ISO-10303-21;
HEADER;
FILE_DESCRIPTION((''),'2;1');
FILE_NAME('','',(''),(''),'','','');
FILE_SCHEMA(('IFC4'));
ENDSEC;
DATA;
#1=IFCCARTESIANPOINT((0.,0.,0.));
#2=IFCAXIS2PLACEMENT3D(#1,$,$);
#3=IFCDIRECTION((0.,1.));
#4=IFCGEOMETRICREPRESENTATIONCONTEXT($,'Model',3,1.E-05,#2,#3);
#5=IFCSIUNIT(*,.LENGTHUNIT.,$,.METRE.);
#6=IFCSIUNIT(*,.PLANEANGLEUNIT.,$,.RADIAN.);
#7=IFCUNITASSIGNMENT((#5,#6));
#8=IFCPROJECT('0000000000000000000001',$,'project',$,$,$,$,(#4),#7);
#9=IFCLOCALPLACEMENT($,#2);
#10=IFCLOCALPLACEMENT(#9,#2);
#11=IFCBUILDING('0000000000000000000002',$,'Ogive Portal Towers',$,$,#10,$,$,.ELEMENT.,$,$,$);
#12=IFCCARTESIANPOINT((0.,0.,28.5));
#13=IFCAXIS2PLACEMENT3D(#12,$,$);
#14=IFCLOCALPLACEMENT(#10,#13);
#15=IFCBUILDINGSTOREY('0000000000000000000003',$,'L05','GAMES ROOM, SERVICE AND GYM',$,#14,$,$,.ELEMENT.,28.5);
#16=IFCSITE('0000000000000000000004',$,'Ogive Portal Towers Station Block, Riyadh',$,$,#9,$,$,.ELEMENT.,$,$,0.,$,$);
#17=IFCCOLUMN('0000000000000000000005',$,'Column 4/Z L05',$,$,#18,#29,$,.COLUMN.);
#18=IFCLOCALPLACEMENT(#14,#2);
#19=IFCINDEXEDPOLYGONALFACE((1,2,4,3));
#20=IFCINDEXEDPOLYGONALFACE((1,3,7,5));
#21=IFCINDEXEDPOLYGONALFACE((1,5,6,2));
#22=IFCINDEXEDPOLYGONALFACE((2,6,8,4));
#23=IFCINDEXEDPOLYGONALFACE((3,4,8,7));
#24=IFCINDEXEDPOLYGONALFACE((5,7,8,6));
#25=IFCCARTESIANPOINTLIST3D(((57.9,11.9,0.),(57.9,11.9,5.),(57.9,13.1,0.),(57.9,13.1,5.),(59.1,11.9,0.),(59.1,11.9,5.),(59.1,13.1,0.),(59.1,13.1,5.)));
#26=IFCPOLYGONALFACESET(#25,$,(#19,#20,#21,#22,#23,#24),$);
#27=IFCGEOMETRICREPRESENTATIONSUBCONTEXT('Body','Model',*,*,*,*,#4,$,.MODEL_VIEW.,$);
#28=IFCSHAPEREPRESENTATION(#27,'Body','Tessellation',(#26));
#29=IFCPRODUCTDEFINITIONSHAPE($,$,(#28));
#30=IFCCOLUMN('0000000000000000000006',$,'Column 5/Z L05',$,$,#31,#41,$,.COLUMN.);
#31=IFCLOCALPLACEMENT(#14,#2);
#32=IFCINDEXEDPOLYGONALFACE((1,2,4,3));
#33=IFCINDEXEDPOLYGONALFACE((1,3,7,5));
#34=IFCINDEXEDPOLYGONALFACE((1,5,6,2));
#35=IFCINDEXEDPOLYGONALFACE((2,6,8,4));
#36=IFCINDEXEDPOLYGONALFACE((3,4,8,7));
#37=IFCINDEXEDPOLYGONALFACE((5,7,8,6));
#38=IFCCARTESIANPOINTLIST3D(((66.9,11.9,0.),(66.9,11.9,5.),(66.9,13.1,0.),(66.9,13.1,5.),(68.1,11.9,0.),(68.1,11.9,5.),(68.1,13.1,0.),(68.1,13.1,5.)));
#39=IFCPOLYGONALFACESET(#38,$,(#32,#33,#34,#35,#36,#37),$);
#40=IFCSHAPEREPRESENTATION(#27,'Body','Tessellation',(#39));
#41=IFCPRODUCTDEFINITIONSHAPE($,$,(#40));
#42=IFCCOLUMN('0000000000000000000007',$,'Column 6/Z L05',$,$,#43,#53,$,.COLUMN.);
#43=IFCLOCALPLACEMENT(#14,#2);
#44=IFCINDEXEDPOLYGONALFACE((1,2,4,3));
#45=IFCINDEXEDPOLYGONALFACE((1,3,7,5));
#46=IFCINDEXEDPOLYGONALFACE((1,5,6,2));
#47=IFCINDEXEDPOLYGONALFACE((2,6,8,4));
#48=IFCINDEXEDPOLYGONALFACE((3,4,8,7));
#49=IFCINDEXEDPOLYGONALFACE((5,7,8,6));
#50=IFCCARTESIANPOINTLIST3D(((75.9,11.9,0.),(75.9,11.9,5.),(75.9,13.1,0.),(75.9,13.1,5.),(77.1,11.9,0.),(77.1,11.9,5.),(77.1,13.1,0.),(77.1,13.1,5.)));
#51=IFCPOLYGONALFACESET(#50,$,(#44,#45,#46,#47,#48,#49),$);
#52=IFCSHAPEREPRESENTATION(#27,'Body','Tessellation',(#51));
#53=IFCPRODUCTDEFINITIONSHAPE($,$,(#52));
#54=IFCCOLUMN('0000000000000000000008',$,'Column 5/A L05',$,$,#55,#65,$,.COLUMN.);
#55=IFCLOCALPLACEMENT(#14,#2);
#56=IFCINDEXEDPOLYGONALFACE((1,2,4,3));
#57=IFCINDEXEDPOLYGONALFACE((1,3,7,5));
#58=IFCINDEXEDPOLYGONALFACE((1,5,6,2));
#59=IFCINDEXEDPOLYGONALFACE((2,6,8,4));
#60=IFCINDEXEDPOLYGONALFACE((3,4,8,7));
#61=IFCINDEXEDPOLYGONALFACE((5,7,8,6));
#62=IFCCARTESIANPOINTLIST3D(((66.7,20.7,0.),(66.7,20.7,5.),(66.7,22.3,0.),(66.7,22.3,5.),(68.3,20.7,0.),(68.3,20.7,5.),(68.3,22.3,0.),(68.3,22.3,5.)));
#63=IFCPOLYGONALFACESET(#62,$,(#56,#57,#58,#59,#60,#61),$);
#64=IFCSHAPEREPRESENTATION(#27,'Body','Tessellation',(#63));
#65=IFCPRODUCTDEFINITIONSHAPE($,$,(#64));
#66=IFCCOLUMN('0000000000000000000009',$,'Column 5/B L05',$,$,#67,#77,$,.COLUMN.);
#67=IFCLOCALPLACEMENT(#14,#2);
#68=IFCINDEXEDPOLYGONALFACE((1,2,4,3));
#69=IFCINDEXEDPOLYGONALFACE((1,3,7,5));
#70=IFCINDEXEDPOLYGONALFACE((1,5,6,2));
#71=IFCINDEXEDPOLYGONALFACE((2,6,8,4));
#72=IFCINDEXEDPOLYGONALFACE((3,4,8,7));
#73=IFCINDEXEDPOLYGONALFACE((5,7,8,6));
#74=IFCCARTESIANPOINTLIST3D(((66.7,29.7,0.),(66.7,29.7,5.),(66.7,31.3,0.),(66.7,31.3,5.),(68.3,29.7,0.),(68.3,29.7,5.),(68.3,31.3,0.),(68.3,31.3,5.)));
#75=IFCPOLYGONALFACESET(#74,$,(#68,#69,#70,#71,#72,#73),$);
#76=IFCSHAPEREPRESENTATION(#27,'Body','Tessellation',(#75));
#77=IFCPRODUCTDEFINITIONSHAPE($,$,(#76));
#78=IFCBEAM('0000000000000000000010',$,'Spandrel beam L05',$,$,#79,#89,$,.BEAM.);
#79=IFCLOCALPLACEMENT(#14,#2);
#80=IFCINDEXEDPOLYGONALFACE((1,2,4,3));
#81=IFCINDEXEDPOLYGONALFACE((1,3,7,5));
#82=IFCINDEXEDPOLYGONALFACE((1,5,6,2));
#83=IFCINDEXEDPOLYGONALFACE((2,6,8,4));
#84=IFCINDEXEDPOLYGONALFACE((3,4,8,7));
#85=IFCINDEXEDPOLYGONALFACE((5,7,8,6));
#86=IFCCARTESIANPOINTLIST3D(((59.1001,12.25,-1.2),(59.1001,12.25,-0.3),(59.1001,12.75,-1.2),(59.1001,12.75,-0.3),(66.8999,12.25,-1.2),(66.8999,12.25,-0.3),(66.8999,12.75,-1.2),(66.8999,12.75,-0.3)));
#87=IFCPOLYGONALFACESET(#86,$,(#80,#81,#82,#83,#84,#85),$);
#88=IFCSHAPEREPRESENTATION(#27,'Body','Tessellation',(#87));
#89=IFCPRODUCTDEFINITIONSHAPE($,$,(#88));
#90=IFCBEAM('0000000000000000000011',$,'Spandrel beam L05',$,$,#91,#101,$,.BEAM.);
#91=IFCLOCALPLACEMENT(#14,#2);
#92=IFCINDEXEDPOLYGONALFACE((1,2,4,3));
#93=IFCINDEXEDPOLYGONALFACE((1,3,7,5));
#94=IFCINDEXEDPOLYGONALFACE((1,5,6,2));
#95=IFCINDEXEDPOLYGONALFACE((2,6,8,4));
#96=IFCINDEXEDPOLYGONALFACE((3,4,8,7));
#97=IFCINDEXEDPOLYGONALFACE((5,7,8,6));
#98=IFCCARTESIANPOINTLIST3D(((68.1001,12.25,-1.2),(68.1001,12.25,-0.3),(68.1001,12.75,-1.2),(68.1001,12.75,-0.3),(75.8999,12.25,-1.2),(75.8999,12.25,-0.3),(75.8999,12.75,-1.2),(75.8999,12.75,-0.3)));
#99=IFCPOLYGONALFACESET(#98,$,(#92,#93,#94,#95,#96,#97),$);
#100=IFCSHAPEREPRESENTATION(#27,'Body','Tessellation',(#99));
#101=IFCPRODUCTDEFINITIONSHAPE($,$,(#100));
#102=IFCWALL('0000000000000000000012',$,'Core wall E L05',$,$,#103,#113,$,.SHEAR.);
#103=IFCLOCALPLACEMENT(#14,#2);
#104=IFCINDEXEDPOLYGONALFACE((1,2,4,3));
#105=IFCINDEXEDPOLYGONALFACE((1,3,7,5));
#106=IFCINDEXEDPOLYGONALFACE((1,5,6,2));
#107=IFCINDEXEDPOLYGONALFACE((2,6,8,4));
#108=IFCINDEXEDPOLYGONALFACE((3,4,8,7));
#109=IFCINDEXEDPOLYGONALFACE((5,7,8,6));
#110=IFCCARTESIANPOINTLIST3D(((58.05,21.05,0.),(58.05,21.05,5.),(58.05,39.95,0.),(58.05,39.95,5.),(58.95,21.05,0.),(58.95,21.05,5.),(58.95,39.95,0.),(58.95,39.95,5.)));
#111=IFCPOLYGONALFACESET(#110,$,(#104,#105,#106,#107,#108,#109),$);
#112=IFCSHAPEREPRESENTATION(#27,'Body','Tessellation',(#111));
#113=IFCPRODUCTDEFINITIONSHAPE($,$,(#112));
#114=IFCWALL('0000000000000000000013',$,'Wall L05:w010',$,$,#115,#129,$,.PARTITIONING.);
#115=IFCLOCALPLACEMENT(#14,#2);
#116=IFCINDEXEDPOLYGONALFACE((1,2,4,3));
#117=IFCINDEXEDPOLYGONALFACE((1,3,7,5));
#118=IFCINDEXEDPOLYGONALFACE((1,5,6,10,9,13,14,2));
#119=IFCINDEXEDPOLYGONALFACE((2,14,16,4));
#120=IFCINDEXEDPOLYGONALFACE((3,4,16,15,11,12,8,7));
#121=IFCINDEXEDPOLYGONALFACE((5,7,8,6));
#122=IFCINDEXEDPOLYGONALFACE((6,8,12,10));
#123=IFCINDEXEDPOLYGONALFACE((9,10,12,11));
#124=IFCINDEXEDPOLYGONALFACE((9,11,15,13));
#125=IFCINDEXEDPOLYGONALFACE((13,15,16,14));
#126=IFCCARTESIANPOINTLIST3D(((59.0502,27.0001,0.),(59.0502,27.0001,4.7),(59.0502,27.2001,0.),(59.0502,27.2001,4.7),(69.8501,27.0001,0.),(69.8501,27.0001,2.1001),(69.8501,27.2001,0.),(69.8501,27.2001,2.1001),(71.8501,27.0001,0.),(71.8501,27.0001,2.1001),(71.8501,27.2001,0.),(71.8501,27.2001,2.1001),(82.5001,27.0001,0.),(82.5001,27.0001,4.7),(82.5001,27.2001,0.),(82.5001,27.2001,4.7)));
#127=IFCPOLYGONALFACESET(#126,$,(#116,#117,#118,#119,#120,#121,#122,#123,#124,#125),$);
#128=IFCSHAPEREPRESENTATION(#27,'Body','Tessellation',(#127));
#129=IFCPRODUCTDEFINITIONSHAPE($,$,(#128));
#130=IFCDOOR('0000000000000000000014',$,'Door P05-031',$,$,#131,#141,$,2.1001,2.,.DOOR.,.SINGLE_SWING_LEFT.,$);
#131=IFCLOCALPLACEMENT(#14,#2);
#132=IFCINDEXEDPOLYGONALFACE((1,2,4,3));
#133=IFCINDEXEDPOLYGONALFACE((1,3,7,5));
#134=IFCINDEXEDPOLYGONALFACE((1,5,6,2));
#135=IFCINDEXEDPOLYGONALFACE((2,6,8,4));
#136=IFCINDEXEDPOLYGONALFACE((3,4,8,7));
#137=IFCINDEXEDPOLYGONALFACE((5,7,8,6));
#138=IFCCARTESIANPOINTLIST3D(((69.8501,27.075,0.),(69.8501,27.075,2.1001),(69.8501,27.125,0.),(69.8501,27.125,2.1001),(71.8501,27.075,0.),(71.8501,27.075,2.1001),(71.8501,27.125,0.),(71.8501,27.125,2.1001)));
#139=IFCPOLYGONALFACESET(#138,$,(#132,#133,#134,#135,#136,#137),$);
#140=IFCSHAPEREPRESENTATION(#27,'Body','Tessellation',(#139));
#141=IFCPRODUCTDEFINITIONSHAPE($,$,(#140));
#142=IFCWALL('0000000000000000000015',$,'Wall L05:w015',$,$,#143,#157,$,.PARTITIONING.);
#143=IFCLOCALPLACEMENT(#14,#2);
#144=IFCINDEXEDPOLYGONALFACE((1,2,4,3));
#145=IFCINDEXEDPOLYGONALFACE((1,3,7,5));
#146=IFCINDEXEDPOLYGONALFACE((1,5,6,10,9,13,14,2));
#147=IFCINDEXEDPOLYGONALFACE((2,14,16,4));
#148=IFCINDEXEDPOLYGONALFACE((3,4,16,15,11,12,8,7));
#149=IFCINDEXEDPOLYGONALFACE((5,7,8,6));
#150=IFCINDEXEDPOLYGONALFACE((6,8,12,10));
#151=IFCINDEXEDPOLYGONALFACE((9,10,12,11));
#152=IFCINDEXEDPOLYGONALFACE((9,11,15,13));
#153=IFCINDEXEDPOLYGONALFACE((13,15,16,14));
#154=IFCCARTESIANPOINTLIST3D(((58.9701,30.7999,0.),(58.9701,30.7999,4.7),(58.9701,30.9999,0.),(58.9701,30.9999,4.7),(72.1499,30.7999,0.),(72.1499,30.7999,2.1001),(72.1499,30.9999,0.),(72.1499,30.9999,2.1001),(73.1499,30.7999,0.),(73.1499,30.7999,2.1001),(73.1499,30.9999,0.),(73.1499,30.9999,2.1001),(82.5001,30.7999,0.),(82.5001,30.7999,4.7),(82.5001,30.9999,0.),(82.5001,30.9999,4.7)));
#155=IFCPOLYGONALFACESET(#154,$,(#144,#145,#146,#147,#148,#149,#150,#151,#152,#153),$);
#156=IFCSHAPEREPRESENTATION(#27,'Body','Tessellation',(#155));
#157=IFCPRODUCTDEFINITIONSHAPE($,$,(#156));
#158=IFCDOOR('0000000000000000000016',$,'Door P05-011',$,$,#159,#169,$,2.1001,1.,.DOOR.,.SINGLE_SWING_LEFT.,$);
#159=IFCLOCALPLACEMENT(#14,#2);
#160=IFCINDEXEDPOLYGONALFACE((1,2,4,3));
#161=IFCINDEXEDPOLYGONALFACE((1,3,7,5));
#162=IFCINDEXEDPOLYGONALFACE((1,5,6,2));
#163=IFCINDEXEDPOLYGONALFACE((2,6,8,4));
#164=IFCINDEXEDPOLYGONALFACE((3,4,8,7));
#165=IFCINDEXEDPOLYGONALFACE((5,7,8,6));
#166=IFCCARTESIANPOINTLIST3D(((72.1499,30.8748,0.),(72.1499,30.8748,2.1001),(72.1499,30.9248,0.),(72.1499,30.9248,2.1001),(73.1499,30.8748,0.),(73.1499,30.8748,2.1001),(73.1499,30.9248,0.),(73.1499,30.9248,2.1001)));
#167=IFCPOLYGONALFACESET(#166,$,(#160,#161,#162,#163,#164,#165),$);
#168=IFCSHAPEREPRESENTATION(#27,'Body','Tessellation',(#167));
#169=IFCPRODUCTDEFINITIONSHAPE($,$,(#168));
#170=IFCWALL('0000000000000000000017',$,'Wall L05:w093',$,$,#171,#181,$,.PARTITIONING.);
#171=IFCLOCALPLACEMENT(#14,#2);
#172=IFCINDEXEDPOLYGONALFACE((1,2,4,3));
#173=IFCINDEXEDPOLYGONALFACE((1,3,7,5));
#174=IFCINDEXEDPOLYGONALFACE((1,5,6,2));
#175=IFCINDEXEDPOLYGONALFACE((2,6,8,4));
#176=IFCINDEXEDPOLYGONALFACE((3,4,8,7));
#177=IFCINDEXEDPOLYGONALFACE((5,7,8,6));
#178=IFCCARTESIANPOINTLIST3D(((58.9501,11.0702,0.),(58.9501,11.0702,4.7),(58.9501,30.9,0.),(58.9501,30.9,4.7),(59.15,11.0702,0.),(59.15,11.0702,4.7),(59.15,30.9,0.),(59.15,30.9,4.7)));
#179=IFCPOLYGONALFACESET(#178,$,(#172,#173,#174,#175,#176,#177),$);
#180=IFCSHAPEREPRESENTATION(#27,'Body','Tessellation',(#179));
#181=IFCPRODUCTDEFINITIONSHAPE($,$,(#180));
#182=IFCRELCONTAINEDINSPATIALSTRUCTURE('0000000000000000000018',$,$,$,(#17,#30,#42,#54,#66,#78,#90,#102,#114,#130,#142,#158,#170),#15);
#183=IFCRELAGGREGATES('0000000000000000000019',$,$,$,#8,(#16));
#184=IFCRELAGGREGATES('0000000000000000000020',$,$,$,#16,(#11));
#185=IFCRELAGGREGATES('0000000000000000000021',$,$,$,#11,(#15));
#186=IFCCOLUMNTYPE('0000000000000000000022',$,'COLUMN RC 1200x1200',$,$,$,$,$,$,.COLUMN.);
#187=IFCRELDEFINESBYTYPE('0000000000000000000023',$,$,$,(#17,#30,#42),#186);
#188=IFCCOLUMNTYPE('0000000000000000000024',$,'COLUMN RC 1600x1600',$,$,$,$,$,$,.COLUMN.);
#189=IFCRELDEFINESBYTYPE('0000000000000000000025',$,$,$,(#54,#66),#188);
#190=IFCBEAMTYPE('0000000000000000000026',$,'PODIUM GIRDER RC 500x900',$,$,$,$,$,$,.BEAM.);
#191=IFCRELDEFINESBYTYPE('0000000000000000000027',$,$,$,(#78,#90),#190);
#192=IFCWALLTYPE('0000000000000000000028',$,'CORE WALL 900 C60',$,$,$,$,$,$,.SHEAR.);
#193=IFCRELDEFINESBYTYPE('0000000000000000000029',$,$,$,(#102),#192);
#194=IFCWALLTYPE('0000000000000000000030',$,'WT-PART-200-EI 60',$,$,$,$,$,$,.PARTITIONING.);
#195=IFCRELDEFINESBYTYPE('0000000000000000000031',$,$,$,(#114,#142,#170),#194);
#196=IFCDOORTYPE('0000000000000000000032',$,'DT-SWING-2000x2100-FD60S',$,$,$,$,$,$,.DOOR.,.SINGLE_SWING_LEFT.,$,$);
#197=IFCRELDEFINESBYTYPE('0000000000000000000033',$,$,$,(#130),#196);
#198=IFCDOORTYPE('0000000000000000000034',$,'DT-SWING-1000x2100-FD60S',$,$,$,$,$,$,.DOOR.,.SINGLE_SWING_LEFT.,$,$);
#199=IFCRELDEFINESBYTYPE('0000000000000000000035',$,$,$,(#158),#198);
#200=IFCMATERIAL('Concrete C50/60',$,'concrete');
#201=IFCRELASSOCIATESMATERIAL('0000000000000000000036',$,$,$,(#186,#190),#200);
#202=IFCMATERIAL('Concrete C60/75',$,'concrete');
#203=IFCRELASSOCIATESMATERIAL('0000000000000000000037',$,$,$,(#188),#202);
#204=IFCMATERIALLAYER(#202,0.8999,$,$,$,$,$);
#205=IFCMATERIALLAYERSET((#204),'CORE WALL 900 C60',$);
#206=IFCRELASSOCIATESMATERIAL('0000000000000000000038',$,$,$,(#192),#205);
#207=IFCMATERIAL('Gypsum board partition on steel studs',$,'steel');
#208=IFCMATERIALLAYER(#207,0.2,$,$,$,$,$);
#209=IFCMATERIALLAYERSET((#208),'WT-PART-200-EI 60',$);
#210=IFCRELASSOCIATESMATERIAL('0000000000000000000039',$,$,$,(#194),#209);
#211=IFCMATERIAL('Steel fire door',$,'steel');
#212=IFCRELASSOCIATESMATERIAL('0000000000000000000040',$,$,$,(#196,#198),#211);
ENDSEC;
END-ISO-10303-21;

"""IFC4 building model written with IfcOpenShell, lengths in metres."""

from ifc_helpers import new_model, si_unit, direction, frame, frame_2d, origin, origin_2d, place, context, subcontext, project, spatial, rectangle, extrude, material, layer, layer_set, material_profile, profile_set, type_object, element, fill, save


model = new_model("IFC4")

# Units and contexts
model_context = context("Model", 3, precision=1e-05, world=origin(), true_north=direction((0.0, 1.0)))
body_context = subcontext(model_context, "Body", "Model", "MODEL_VIEW")
ifc_project = project(units=[si_unit("LENGTHUNIT", "METRE"), si_unit("PLANEANGLEUNIT", "RADIAN")], contexts=[model_context])

# Site, building, storey
site_placement = place(None, origin())
site = spatial("IfcSite", under=ifc_project, at=site_placement, Name="Ogive Portal Towers Station Block, Riyadh", CompositionType="ELEMENT", RefElevation=0.0)
building_placement = place(site_placement, origin())
building = spatial("IfcBuilding", under=site, at=building_placement, Name="Ogive Portal Towers", CompositionType="ELEMENT")
storey_placement = place(building_placement, frame((0.0, 0.0, 28.5)))
storey = spatial("IfcBuildingStorey", under=building, at=storey_placement, Name="L05", Description="GAMES ROOM, SERVICE AND GYM", CompositionType="ELEMENT", Elevation=28.5)

# Columns
ifc_material_1 = material(Name="Concrete C50/60", Category="concrete")
ifc_material_profile_1 = material_profile(ifc_material_1, rectangle(XDim=1.2, YDim=1.2, at=origin_2d()), Name="RC 1200x1200")
ifc_profile_set_1 = profile_set([ifc_material_profile_1], Name="Concrete C50/60")
column_type_1 = type_object("IfcColumnType", Name="COLUMN RC 1200x1200", PredefinedType="COLUMN", material=ifc_profile_set_1)
for number, where, z_axis, x_axis, name in (
    (1, (58.5, 12.5, 0.0), (0.0, 0.0, 1.0), (1.0, 0.0, 0.0), "Column 4/Z L05"),
    (2, (67.5, 12.5, 0.0), (0.0, 0.0, 1.0), (1.0, 0.0, 0.0), "Column 5/Z L05"),
    (3, (76.5, 12.5, 0.0), (0.0, 0.0, 1.0), (1.0, 0.0, 0.0), "Column 6/Z L05"),
):
    element("IfcColumn", number, at=place(storey_placement, frame(where, z_axis=z_axis, x_axis=x_axis)), inside=storey, type_object=column_type_1, Name=name, PredefinedType="COLUMN", context=body_context, shape_type="SweptSolid", body=[
        extrude(rectangle(XDim=1.2, YDim=1.2, at=origin_2d()), origin(), (0.0, 0.0, 1.0), 5.0),
    ])
ifc_material_2 = material(Name="Concrete C60/75", Category="concrete")
ifc_material_profile_2 = material_profile(ifc_material_2, rectangle(XDim=1.6001, YDim=1.6001, at=origin_2d()), Name="RC 1600x1600")
ifc_profile_set_2 = profile_set([ifc_material_profile_2], Name="Concrete C60/75")
column_type_2 = type_object("IfcColumnType", Name="COLUMN RC 1600x1600", PredefinedType="COLUMN", material=ifc_profile_set_2)
for number, where, z_axis, x_axis, name in (
    (4, (67.5, 21.5, 0.0), (0.0, 0.0, 1.0), (1.0, 0.0, 0.0), "Column 5/A L05"),
    (5, (67.5, 30.5, 0.0), (0.0, 0.0, 1.0), (1.0, 0.0, 0.0), "Column 5/B L05"),
):
    element("IfcColumn", number, at=place(storey_placement, frame(where, z_axis=z_axis, x_axis=x_axis)), inside=storey, type_object=column_type_2, Name=name, PredefinedType="COLUMN", context=body_context, shape_type="SweptSolid", body=[
        extrude(rectangle(XDim=1.6001, YDim=1.6001, at=origin_2d()), origin(), (0.0, 0.0, 1.0), 5.0),
    ])

# Beams
ifc_material_profile_3 = material_profile(ifc_material_1, rectangle(XDim=0.5, YDim=0.8999, at=origin_2d()), Name="RC 500x900")
ifc_profile_set_3 = profile_set([ifc_material_profile_3], Name="Concrete C50/60")
beam_type = type_object("IfcBeamType", Name="PODIUM GIRDER RC 500x900", PredefinedType="BEAM", material=ifc_profile_set_3)
for number, where, z_axis, x_axis, name in (
    (6, (59.1001, 12.5, -0.75), (1.0, 0.0, 0.0), (0.0, 1.0, 0.0), "Spandrel beam L05"),
    (7, (68.1001, 12.5, -0.75), (1.0, 0.0, 0.0), (0.0, 1.0, 0.0), "Spandrel beam L05"),
):
    element("IfcBeam", number, at=place(storey_placement, frame(where, z_axis=z_axis, x_axis=x_axis)), inside=storey, type_object=beam_type, Name=name, PredefinedType="BEAM", context=body_context, shape_type="SweptSolid", body=[
        extrude(rectangle(XDim=0.5, YDim=0.8999, at=origin_2d()), origin(), (0.0, 0.0, 1.0), 7.7998),
    ])

# Wall
ifc_layer_1 = layer(ifc_material_2, 0.8999)
ifc_layer_set_1 = layer_set([ifc_layer_1], Name="CORE WALL 900 C60")
wall_type_1 = type_object("IfcWallType", Name="CORE WALL 900 C60", PredefinedType="SHEAR", material=ifc_layer_set_1)
wall_1_placement = place(storey_placement, frame((58.5, 21.05, 0.0), z_axis=(0.0, 0.0, 1.0), x_axis=(0.0, 1.0, 0.0)))
element("IfcWall", 8, at=wall_1_placement, inside=storey, type_object=wall_type_1, Name="Core wall E L05", PredefinedType="SHEAR", context=body_context, shape_type="SweptSolid", body=[
    extrude(rectangle(XDim=18.8999, YDim=0.8999, at=frame_2d((9.45, 0.0))), origin(), (0.0, 0.0, 1.0), 5.0),
])

# Walls, openings, doors
ifc_material_3 = material(Name="Gypsum board partition on steel studs", Category="steel")
ifc_layer_2 = layer(ifc_material_3, 0.2)
ifc_layer_set_2 = layer_set([ifc_layer_2], Name="WT-PART-200-EI 60")
wall_type_2 = type_object("IfcWallType", Name="WT-PART-200-EI 60", PredefinedType="PARTITIONING", material=ifc_layer_set_2)
wall_2_placement = place(storey_placement, frame((59.05, 27.1001, 0.0), z_axis=(0.0, 0.0, 1.0), x_axis=(1.0, 0.0, 0.0)))
wall_2 = element("IfcWall", 9, at=wall_2_placement, inside=storey, type_object=wall_type_2, Name="Wall L05:w010", PredefinedType="PARTITIONING", context=body_context, shape_type="SweptSolid", body=[
    extrude(rectangle(XDim=23.45, YDim=0.2, at=frame_2d((11.7251, 0.0))), origin(), (0.0, 0.0, 1.0), 4.7),
])
opening_1_placement = place(wall_2_placement, frame((10.8, 0.0, 0.0)))
opening_1 = element("IfcOpeningElement", 10, at=opening_1_placement, cuts=wall_2, PredefinedType="OPENING", context=body_context, shape_type="SweptSolid", body=[
    extrude(rectangle(XDim=2.0, YDim=2.1001, at=frame_2d((1.0, 1.05))), frame((0.0, 0.1099, 0.0), z_axis=(0.0, -1.0, 0.0), x_axis=(1.0, 0.0, 0.0)), (0.0, 0.0, 1.0), 0.22),
])
ifc_material_4 = material(Name="Steel fire door", Category="steel")
door_type_1 = type_object("IfcDoorType", Name="DT-SWING-2000x2100-FD60S", OperationType="SINGLE_SWING_LEFT", PredefinedType="DOOR", material=ifc_material_4)
door_1_placement = place(opening_1_placement, origin())
door_1 = element("IfcDoor", 11, at=door_1_placement, inside=storey, type_object=door_type_1, Name="Door P05-031", OperationType="SINGLE_SWING_LEFT", OverallHeight=2.1001, OverallWidth=2.0, PredefinedType="DOOR", context=body_context, shape_type="SweptSolid", body=[
    extrude(rectangle(XDim=2.0, YDim=2.1001, at=frame_2d((1.0, 1.05))), frame((0.0, 0.0249, 0.0), z_axis=(0.0, -1.0, 0.0), x_axis=(1.0, 0.0, 0.0)), (0.0, 0.0, 1.0), 0.05),
])
fill(opening_1, door_1)
wall_3_placement = place(storey_placement, frame((58.97, 30.8999, 0.0), z_axis=(0.0, 0.0, 1.0), x_axis=(1.0, 0.0, 0.0)))
wall_3 = element("IfcWall", 12, at=wall_3_placement, inside=storey, type_object=wall_type_2, Name="Wall L05:w015", PredefinedType="PARTITIONING", context=body_context, shape_type="SweptSolid", body=[
    extrude(rectangle(XDim=23.53, YDim=0.2, at=frame_2d((11.7651, 0.0))), origin(), (0.0, 0.0, 1.0), 4.7),
])
opening_2_placement = place(wall_3_placement, frame((13.1799, 0.0, 0.0)))
opening_2 = element("IfcOpeningElement", 13, at=opening_2_placement, cuts=wall_3, PredefinedType="OPENING", context=body_context, shape_type="SweptSolid", body=[
    extrude(rectangle(XDim=1.0, YDim=2.1001, at=frame_2d((0.5, 1.05))), frame((0.0, 0.1099, 0.0), z_axis=(0.0, -1.0, 0.0), x_axis=(1.0, 0.0, 0.0)), (0.0, 0.0, 1.0), 0.22),
])
door_type_2 = type_object("IfcDoorType", Name="DT-SWING-1000x2100-FD60S", OperationType="SINGLE_SWING_LEFT", PredefinedType="DOOR", material=ifc_material_4)
door_2_placement = place(opening_2_placement, origin())
door_2 = element("IfcDoor", 14, at=door_2_placement, inside=storey, type_object=door_type_2, Name="Door P05-011", OperationType="SINGLE_SWING_LEFT", OverallHeight=2.1001, OverallWidth=1.0, PredefinedType="DOOR", context=body_context, shape_type="SweptSolid", body=[
    extrude(rectangle(XDim=1.0, YDim=2.1001, at=frame_2d((0.5, 1.05))), frame((0.0, 0.0249, 0.0), z_axis=(0.0, -1.0, 0.0), x_axis=(1.0, 0.0, 0.0)), (0.0, 0.0, 1.0), 0.05),
])
fill(opening_2, door_2)

# Wall
wall_4_placement = place(storey_placement, frame((59.05, 11.0701, 0.0), z_axis=(0.0, 0.0, 1.0), x_axis=(0.0, 1.0, 0.0)))
element("IfcWall", 15, at=wall_4_placement, inside=storey, type_object=wall_type_2, Name="Wall L05:w093", PredefinedType="PARTITIONING", context=body_context, shape_type="SweptSolid", body=[
    extrude(rectangle(XDim=19.8298, YDim=0.2, at=frame_2d((9.915, 0.0))), origin(), (0.0, 0.0, 1.0), 4.7),
])

save(model, "model.ifc")
